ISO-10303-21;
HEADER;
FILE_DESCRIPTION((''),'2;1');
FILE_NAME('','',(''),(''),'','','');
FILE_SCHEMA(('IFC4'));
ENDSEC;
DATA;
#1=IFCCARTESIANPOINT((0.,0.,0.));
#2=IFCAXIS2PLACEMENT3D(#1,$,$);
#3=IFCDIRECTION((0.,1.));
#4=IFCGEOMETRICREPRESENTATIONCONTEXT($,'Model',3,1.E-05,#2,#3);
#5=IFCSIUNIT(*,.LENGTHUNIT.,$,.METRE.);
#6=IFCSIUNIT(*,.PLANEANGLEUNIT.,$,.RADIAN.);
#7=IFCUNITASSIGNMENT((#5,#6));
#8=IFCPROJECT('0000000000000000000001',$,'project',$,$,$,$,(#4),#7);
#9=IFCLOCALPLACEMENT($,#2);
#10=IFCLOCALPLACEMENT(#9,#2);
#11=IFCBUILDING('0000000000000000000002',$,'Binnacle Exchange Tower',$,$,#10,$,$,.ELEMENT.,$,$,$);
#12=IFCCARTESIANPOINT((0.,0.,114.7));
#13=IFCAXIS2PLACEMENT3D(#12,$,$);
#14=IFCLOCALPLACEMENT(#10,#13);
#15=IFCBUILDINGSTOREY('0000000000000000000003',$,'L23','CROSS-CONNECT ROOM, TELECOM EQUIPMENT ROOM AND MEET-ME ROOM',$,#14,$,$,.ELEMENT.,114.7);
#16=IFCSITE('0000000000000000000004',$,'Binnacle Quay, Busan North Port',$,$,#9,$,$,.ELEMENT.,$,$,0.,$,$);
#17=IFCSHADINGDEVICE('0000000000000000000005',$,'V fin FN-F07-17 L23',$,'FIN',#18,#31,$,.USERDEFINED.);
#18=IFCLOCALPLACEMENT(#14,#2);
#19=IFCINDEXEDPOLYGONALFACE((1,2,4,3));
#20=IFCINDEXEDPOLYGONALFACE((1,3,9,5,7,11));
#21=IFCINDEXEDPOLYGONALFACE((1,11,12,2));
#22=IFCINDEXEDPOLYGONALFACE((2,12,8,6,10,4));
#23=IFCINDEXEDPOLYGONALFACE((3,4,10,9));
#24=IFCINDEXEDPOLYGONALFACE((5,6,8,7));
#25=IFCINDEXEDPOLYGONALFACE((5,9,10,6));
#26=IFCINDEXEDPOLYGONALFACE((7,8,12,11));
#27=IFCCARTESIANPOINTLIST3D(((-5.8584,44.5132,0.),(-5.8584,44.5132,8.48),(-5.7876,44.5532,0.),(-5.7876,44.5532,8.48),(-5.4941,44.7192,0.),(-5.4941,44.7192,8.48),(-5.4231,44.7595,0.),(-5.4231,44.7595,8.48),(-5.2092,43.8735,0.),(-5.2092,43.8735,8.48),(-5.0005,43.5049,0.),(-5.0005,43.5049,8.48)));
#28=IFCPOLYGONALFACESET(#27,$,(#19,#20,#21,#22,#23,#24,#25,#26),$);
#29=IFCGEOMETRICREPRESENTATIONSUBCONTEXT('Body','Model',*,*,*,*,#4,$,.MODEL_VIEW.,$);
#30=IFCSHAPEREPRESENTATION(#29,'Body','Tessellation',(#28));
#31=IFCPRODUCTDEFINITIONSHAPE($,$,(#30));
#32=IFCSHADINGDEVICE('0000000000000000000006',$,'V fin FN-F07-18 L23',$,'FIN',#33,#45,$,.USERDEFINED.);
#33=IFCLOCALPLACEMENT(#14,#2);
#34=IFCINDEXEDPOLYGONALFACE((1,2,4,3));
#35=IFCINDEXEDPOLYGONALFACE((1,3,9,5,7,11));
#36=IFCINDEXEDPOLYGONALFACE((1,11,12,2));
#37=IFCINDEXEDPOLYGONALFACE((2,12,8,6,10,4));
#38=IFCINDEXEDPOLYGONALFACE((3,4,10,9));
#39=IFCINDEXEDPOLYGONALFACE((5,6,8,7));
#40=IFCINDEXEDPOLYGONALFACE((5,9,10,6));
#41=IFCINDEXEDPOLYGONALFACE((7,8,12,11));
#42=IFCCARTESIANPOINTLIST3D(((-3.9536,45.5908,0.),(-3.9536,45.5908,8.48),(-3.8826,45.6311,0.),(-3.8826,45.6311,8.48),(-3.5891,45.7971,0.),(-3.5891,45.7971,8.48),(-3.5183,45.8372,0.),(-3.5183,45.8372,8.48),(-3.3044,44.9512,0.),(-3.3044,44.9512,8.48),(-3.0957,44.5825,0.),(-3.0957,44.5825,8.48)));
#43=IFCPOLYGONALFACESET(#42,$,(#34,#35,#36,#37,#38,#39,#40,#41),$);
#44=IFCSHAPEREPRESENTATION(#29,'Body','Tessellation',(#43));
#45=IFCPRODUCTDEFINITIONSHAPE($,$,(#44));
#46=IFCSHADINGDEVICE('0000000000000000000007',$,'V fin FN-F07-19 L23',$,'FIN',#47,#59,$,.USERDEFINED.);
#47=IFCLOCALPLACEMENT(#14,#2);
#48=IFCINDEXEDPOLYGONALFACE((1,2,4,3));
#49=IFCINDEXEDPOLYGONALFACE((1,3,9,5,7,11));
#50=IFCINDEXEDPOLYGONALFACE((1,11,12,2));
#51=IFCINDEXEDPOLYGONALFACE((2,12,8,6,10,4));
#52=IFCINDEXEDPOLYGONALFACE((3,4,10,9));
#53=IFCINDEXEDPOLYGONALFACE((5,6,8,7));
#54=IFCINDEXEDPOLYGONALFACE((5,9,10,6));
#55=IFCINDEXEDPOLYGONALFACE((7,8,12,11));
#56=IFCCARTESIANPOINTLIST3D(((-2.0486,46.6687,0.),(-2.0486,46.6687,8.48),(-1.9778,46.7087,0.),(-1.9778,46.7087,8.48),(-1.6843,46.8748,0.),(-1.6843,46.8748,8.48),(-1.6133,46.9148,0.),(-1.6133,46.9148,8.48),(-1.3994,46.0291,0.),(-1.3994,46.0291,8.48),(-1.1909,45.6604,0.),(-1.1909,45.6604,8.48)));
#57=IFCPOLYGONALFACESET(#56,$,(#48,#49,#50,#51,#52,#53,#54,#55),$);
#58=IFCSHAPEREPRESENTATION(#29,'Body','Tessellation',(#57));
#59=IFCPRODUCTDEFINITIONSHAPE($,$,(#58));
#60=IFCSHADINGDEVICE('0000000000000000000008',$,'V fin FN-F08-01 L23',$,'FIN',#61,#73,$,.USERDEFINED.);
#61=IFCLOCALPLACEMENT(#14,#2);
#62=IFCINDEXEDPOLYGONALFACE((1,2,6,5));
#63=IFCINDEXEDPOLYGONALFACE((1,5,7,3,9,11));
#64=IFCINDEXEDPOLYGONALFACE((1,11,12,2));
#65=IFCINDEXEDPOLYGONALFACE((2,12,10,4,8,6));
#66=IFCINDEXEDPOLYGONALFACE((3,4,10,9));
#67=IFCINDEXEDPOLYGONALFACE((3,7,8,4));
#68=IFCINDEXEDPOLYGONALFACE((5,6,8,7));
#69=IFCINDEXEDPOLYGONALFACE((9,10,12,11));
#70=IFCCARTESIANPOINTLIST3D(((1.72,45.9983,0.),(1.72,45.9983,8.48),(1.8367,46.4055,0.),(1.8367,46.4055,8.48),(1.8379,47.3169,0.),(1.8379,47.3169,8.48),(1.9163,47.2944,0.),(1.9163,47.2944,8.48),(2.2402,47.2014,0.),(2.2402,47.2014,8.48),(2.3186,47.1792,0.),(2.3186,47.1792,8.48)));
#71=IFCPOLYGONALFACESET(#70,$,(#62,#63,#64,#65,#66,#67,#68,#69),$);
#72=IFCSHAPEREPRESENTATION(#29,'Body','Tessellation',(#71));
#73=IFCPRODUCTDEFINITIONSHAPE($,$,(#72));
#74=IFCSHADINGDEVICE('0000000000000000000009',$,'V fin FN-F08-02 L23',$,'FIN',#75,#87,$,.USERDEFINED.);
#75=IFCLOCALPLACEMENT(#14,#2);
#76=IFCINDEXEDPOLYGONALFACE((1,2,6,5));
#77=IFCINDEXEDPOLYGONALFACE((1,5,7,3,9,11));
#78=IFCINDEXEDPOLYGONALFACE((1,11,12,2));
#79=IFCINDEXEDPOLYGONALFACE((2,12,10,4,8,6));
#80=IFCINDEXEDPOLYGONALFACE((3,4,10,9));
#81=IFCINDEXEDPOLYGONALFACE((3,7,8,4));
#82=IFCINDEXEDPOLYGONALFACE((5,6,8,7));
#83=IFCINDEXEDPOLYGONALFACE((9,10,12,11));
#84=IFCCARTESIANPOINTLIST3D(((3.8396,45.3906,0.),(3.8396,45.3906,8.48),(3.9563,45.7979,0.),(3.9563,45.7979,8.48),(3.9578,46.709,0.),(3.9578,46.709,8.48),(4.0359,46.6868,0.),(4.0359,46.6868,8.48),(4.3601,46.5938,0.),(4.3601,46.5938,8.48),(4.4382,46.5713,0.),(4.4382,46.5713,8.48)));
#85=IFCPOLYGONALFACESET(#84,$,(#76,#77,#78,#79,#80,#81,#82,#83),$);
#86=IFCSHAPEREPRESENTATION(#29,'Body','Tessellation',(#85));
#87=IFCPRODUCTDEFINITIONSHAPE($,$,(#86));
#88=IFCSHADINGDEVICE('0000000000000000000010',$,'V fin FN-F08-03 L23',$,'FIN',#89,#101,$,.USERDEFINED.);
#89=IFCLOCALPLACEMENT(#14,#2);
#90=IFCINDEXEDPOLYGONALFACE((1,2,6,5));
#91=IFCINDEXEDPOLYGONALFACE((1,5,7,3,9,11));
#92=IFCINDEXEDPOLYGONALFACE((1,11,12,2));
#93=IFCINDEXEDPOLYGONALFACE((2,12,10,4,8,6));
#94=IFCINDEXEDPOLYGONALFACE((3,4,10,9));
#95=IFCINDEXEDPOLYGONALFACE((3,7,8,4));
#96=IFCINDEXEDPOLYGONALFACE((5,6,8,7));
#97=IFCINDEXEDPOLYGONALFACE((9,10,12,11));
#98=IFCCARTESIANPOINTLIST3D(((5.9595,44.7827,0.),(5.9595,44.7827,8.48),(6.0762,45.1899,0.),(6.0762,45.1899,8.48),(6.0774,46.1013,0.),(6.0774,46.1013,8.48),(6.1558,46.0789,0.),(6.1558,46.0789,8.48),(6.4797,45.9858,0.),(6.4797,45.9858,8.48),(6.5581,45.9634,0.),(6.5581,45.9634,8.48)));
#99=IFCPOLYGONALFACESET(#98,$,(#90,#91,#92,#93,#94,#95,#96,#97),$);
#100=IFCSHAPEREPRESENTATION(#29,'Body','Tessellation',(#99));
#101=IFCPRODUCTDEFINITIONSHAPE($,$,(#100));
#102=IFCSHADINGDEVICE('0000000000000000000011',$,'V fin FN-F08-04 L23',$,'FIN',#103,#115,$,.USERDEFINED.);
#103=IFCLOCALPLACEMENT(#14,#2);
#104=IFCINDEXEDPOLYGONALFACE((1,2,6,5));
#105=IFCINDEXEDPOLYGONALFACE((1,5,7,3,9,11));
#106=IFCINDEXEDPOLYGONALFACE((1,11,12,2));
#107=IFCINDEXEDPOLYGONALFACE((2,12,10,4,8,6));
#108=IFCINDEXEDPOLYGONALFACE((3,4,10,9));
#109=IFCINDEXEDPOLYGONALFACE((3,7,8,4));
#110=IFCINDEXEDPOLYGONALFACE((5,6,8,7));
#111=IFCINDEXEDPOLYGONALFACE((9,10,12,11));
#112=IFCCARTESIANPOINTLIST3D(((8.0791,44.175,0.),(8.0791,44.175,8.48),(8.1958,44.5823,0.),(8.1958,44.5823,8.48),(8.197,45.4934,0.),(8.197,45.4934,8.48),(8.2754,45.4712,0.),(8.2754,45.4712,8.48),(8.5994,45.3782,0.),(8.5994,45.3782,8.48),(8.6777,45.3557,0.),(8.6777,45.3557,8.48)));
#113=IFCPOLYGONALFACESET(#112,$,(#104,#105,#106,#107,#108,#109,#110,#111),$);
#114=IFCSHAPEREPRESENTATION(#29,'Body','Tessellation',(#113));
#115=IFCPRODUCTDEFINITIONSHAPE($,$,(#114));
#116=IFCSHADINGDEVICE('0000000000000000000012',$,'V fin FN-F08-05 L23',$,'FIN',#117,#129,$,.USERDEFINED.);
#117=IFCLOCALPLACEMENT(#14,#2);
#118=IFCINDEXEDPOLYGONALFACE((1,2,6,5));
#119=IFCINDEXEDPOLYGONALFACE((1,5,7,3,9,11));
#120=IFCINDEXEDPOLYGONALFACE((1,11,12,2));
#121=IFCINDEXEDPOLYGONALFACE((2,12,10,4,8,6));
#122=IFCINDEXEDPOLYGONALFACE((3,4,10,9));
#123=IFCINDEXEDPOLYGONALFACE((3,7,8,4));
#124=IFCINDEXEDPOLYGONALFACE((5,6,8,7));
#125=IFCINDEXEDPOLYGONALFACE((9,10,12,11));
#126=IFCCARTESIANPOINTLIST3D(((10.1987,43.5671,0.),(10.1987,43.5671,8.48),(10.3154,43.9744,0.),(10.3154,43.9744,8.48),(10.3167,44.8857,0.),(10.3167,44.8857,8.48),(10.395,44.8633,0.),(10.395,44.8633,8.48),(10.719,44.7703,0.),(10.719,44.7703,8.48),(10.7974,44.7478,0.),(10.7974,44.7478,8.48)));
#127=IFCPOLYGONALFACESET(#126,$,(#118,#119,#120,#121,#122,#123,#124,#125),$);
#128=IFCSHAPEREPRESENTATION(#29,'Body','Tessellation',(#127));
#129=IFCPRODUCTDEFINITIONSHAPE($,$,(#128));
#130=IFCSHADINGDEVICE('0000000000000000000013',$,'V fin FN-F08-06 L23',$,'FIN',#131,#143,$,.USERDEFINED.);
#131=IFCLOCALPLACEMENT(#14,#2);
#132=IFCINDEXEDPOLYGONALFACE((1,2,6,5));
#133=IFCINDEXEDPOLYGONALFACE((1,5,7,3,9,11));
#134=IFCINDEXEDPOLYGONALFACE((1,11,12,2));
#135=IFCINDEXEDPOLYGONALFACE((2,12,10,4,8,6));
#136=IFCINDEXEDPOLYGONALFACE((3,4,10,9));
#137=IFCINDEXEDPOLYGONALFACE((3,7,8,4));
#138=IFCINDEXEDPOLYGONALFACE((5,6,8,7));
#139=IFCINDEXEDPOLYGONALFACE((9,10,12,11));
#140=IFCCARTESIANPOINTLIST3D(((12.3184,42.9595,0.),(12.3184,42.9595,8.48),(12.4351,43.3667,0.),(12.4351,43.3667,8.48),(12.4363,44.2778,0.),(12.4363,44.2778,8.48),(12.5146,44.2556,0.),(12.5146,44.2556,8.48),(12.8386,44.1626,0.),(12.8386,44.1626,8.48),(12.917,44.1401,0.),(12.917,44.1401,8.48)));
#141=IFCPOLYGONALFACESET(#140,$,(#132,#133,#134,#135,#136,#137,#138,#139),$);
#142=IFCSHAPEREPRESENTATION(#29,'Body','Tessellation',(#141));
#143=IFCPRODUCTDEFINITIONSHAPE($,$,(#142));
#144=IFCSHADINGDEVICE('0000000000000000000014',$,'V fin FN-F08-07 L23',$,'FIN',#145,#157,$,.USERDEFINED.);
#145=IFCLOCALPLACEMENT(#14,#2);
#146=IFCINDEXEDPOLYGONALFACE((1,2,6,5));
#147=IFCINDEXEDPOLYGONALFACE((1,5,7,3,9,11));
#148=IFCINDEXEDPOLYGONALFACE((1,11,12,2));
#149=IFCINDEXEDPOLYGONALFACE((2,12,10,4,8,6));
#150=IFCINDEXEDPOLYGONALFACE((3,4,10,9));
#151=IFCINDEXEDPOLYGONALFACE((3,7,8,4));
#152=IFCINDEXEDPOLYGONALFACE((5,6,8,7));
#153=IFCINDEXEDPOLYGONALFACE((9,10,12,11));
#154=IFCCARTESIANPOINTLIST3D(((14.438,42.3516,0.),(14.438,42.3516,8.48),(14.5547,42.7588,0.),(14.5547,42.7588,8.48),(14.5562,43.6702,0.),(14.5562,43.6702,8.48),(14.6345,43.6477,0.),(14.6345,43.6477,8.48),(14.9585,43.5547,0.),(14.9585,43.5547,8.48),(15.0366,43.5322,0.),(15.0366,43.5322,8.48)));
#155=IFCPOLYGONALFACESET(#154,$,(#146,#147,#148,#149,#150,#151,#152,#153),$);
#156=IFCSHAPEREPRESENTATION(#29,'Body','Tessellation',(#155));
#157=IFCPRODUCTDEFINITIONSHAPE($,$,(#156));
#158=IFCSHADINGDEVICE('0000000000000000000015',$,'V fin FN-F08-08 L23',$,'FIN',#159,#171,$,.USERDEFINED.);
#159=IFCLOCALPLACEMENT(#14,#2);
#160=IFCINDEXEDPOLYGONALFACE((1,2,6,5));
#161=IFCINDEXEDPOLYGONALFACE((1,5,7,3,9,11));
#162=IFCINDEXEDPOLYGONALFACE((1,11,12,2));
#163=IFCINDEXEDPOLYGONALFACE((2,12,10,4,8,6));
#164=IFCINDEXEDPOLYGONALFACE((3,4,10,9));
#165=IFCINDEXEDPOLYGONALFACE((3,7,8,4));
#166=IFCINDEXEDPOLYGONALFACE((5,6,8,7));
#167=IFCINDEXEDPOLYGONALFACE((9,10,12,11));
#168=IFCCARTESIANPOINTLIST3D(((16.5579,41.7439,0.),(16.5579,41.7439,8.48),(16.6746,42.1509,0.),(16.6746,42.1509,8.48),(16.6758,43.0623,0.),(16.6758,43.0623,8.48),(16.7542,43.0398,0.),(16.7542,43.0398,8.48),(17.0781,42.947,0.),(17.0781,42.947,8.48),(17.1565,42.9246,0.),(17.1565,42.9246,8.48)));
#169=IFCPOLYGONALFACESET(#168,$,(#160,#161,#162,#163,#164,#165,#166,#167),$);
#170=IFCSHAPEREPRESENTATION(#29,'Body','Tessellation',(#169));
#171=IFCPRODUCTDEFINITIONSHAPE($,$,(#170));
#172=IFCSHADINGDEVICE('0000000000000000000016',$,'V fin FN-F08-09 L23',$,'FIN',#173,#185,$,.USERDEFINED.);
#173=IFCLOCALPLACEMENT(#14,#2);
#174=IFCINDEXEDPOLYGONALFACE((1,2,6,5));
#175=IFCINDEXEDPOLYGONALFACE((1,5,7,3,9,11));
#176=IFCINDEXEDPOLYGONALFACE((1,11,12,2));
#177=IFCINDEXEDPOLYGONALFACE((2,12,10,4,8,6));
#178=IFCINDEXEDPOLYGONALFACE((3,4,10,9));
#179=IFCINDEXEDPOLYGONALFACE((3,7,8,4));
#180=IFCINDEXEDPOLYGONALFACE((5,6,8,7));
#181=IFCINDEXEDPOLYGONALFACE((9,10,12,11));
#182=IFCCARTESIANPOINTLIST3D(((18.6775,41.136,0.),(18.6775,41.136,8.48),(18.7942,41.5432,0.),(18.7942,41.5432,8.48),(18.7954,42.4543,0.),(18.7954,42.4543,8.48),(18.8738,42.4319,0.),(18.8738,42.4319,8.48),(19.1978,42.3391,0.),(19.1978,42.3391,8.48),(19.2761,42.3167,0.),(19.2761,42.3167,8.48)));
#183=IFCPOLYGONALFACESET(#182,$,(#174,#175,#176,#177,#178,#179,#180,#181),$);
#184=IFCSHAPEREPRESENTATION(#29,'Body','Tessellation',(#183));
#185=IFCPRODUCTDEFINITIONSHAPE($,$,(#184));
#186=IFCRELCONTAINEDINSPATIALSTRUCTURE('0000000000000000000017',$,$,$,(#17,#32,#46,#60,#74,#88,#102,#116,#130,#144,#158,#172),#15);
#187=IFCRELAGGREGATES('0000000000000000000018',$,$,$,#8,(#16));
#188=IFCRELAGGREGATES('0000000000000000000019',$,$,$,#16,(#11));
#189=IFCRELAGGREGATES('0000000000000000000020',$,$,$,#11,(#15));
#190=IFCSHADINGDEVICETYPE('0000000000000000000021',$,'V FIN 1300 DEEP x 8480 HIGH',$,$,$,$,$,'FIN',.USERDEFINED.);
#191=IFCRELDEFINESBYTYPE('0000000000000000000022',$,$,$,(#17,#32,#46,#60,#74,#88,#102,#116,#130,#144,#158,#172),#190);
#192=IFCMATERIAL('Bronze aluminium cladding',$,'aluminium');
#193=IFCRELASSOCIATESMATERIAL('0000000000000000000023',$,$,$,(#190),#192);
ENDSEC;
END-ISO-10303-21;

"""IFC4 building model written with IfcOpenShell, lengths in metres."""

from ifc_helpers import new_model, si_unit, direction, frame, origin, place, context, subcontext, project, spatial, polyline, outline, extrude, material, type_object, element, save


model = new_model("IFC4")

# Units and contexts
model_context = context("Model", 3, precision=1e-05, world=origin(), true_north=direction((0.0, 1.0)))
body_context = subcontext(model_context, "Body", "Model", "MODEL_VIEW")
ifc_project = project(units=[si_unit("LENGTHUNIT", "METRE"), si_unit("PLANEANGLEUNIT", "RADIAN")], contexts=[model_context])

# Site, building, storey
site_placement = place(None, origin())
site = spatial("IfcSite", under=ifc_project, at=site_placement, Name="Binnacle Quay, Busan North Port", CompositionType="ELEMENT", RefElevation=0.0)
building_placement = place(site_placement, origin())
building = spatial("IfcBuilding", under=site, at=building_placement, Name="Binnacle Exchange Tower", CompositionType="ELEMENT")
storey_placement = place(building_placement, frame((0.0, 0.0, 114.7)))
storey = spatial("IfcBuildingStorey", under=building, at=storey_placement, Name="L23", Description="CROSS-CONNECT ROOM, TELECOM EQUIPMENT ROOM AND MEET-ME ROOM", CompositionType="ELEMENT", Elevation=114.7)

# Shading devices
ifc_material = material(Name="Bronze aluminium cladding", Category="aluminium")
shading_device_type = type_object("IfcShadingDeviceType", Name="V FIN 1300 DEEP x 8480 HIGH", ElementType="FIN", PredefinedType="USERDEFINED", material=ifc_material)
shading_device_1_placement = place(storey_placement, origin())
element("IfcShadingDevice", 1, at=shading_device_1_placement, inside=storey, type_object=shading_device_type, Name="V fin FN-F07-17 L23", ObjectType="FIN", PredefinedType="USERDEFINED", context=body_context, shape_type="SweptSolid", body=[
    extrude(outline(polyline([(-5.8584, 44.5132), (-5.0005, 43.5049), (-5.4231, 44.7595), (-5.4941, 44.7192), (-5.2092, 43.8735), (-5.7876, 44.5532), (-5.8584, 44.5132)])), origin(), (0.0, 0.0, 1.0), 8.48),
])
shading_device_2_placement = place(storey_placement, origin())
element("IfcShadingDevice", 2, at=shading_device_2_placement, inside=storey, type_object=shading_device_type, Name="V fin FN-F07-18 L23", ObjectType="FIN", PredefinedType="USERDEFINED", context=body_context, shape_type="SweptSolid", body=[
    extrude(outline(polyline([(-3.9536, 45.5908), (-3.0957, 44.5825), (-3.5183, 45.8372), (-3.5891, 45.7971), (-3.3044, 44.9512), (-3.8826, 45.6311), (-3.9536, 45.5908)])), origin(), (0.0, 0.0, 1.0), 8.48),
])
shading_device_3_placement = place(storey_placement, origin())
element("IfcShadingDevice", 3, at=shading_device_3_placement, inside=storey, type_object=shading_device_type, Name="V fin FN-F07-19 L23", ObjectType="FIN", PredefinedType="USERDEFINED", context=body_context, shape_type="SweptSolid", body=[
    extrude(outline(polyline([(-2.0486, 46.6687), (-1.1909, 45.6604), (-1.6133, 46.9148), (-1.6843, 46.8748), (-1.3994, 46.0291), (-1.9778, 46.7087), (-2.0486, 46.6687)])), origin(), (0.0, 0.0, 1.0), 8.48),
])
shading_device_4_placement = place(storey_placement, origin())
element("IfcShadingDevice", 4, at=shading_device_4_placement, inside=storey, type_object=shading_device_type, Name="V fin FN-F08-01 L23", ObjectType="FIN", PredefinedType="USERDEFINED", context=body_context, shape_type="SweptSolid", body=[
    extrude(outline(polyline([(1.8379, 47.3169), (1.72, 45.9983), (2.3186, 47.1792), (2.2402, 47.2014), (1.8367, 46.4055), (1.9163, 47.2944), (1.8379, 47.3169)])), origin(), (0.0, 0.0, 1.0), 8.48),
])
shading_device_5_placement = place(storey_placement, origin())
element("IfcShadingDevice", 5, at=shading_device_5_placement, inside=storey, type_object=shading_device_type, Name="V fin FN-F08-02 L23", ObjectType="FIN", PredefinedType="USERDEFINED", context=body_context, shape_type="SweptSolid", body=[
    extrude(outline(polyline([(3.9578, 46.709), (3.8396, 45.3906), (4.4382, 46.5713), (4.3601, 46.5938), (3.9563, 45.7979), (4.0359, 46.6868), (3.9578, 46.709)])), origin(), (0.0, 0.0, 1.0), 8.48),
])
shading_device_6_placement = place(storey_placement, origin())
element("IfcShadingDevice", 6, at=shading_device_6_placement, inside=storey, type_object=shading_device_type, Name="V fin FN-F08-03 L23", ObjectType="FIN", PredefinedType="USERDEFINED", context=body_context, shape_type="SweptSolid", body=[
    extrude(outline(polyline([(6.0774, 46.1013), (5.9595, 44.7827), (6.5581, 45.9634), (6.4797, 45.9858), (6.0762, 45.1899), (6.1558, 46.0789), (6.0774, 46.1013)])), origin(), (0.0, 0.0, 1.0), 8.48),
])
shading_device_7_placement = place(storey_placement, origin())
element("IfcShadingDevice", 7, at=shading_device_7_placement, inside=storey, type_object=shading_device_type, Name="V fin FN-F08-04 L23", ObjectType="FIN", PredefinedType="USERDEFINED", context=body_context, shape_type="SweptSolid", body=[
    extrude(outline(polyline([(8.197, 45.4934), (8.0791, 44.175), (8.6777, 45.3557), (8.5994, 45.3782), (8.1958, 44.5823), (8.2754, 45.4712), (8.197, 45.4934)])), origin(), (0.0, 0.0, 1.0), 8.48),
])
shading_device_8_placement = place(storey_placement, origin())
element("IfcShadingDevice", 8, at=shading_device_8_placement, inside=storey, type_object=shading_device_type, Name="V fin FN-F08-05 L23", ObjectType="FIN", PredefinedType="USERDEFINED", context=body_context, shape_type="SweptSolid", body=[
    extrude(outline(polyline([(10.3167, 44.8857), (10.1987, 43.5671), (10.7974, 44.7478), (10.719, 44.7703), (10.3154, 43.9744), (10.395, 44.8633), (10.3167, 44.8857)])), origin(), (0.0, 0.0, 1.0), 8.48),
])
shading_device_9_placement = place(storey_placement, origin())
element("IfcShadingDevice", 9, at=shading_device_9_placement, inside=storey, type_object=shading_device_type, Name="V fin FN-F08-06 L23", ObjectType="FIN", PredefinedType="USERDEFINED", context=body_context, shape_type="SweptSolid", body=[
    extrude(outline(polyline([(12.4363, 44.2778), (12.3184, 42.9595), (12.917, 44.1401), (12.8386, 44.1626), (12.4351, 43.3667), (12.5146, 44.2556), (12.4363, 44.2778)])), origin(), (0.0, 0.0, 1.0), 8.48),
])
shading_device_10_placement = place(storey_placement, origin())
element("IfcShadingDevice", 10, at=shading_device_10_placement, inside=storey, type_object=shading_device_type, Name="V fin FN-F08-07 L23", ObjectType="FIN", PredefinedType="USERDEFINED", context=body_context, shape_type="SweptSolid", body=[
    extrude(outline(polyline([(14.5562, 43.6702), (14.438, 42.3516), (15.0366, 43.5322), (14.9585, 43.5547), (14.5547, 42.7588), (14.6345, 43.6477), (14.5562, 43.6702)])), origin(), (0.0, 0.0, 1.0), 8.48),
])
shading_device_11_placement = place(storey_placement, origin())
element("IfcShadingDevice", 11, at=shading_device_11_placement, inside=storey, type_object=shading_device_type, Name="V fin FN-F08-08 L23", ObjectType="FIN", PredefinedType="USERDEFINED", context=body_context, shape_type="SweptSolid", body=[
    extrude(outline(polyline([(16.6758, 43.0623), (16.5579, 41.7439), (17.1565, 42.9246), (17.0781, 42.947), (16.6746, 42.1509), (16.7542, 43.0398), (16.6758, 43.0623)])), origin(), (0.0, 0.0, 1.0), 8.48),
])
shading_device_12_placement = place(storey_placement, origin())
element("IfcShadingDevice", 12, at=shading_device_12_placement, inside=storey, type_object=shading_device_type, Name="V fin FN-F08-09 L23", ObjectType="FIN", PredefinedType="USERDEFINED", context=body_context, shape_type="SweptSolid", body=[
    extrude(outline(polyline([(18.7954, 42.4543), (18.6775, 41.136), (19.2761, 42.3167), (19.1978, 42.3391), (18.7942, 41.5432), (18.8738, 42.4319), (18.7954, 42.4543)])), origin(), (0.0, 0.0, 1.0), 8.48),
])

save(model, "model.ifc")
